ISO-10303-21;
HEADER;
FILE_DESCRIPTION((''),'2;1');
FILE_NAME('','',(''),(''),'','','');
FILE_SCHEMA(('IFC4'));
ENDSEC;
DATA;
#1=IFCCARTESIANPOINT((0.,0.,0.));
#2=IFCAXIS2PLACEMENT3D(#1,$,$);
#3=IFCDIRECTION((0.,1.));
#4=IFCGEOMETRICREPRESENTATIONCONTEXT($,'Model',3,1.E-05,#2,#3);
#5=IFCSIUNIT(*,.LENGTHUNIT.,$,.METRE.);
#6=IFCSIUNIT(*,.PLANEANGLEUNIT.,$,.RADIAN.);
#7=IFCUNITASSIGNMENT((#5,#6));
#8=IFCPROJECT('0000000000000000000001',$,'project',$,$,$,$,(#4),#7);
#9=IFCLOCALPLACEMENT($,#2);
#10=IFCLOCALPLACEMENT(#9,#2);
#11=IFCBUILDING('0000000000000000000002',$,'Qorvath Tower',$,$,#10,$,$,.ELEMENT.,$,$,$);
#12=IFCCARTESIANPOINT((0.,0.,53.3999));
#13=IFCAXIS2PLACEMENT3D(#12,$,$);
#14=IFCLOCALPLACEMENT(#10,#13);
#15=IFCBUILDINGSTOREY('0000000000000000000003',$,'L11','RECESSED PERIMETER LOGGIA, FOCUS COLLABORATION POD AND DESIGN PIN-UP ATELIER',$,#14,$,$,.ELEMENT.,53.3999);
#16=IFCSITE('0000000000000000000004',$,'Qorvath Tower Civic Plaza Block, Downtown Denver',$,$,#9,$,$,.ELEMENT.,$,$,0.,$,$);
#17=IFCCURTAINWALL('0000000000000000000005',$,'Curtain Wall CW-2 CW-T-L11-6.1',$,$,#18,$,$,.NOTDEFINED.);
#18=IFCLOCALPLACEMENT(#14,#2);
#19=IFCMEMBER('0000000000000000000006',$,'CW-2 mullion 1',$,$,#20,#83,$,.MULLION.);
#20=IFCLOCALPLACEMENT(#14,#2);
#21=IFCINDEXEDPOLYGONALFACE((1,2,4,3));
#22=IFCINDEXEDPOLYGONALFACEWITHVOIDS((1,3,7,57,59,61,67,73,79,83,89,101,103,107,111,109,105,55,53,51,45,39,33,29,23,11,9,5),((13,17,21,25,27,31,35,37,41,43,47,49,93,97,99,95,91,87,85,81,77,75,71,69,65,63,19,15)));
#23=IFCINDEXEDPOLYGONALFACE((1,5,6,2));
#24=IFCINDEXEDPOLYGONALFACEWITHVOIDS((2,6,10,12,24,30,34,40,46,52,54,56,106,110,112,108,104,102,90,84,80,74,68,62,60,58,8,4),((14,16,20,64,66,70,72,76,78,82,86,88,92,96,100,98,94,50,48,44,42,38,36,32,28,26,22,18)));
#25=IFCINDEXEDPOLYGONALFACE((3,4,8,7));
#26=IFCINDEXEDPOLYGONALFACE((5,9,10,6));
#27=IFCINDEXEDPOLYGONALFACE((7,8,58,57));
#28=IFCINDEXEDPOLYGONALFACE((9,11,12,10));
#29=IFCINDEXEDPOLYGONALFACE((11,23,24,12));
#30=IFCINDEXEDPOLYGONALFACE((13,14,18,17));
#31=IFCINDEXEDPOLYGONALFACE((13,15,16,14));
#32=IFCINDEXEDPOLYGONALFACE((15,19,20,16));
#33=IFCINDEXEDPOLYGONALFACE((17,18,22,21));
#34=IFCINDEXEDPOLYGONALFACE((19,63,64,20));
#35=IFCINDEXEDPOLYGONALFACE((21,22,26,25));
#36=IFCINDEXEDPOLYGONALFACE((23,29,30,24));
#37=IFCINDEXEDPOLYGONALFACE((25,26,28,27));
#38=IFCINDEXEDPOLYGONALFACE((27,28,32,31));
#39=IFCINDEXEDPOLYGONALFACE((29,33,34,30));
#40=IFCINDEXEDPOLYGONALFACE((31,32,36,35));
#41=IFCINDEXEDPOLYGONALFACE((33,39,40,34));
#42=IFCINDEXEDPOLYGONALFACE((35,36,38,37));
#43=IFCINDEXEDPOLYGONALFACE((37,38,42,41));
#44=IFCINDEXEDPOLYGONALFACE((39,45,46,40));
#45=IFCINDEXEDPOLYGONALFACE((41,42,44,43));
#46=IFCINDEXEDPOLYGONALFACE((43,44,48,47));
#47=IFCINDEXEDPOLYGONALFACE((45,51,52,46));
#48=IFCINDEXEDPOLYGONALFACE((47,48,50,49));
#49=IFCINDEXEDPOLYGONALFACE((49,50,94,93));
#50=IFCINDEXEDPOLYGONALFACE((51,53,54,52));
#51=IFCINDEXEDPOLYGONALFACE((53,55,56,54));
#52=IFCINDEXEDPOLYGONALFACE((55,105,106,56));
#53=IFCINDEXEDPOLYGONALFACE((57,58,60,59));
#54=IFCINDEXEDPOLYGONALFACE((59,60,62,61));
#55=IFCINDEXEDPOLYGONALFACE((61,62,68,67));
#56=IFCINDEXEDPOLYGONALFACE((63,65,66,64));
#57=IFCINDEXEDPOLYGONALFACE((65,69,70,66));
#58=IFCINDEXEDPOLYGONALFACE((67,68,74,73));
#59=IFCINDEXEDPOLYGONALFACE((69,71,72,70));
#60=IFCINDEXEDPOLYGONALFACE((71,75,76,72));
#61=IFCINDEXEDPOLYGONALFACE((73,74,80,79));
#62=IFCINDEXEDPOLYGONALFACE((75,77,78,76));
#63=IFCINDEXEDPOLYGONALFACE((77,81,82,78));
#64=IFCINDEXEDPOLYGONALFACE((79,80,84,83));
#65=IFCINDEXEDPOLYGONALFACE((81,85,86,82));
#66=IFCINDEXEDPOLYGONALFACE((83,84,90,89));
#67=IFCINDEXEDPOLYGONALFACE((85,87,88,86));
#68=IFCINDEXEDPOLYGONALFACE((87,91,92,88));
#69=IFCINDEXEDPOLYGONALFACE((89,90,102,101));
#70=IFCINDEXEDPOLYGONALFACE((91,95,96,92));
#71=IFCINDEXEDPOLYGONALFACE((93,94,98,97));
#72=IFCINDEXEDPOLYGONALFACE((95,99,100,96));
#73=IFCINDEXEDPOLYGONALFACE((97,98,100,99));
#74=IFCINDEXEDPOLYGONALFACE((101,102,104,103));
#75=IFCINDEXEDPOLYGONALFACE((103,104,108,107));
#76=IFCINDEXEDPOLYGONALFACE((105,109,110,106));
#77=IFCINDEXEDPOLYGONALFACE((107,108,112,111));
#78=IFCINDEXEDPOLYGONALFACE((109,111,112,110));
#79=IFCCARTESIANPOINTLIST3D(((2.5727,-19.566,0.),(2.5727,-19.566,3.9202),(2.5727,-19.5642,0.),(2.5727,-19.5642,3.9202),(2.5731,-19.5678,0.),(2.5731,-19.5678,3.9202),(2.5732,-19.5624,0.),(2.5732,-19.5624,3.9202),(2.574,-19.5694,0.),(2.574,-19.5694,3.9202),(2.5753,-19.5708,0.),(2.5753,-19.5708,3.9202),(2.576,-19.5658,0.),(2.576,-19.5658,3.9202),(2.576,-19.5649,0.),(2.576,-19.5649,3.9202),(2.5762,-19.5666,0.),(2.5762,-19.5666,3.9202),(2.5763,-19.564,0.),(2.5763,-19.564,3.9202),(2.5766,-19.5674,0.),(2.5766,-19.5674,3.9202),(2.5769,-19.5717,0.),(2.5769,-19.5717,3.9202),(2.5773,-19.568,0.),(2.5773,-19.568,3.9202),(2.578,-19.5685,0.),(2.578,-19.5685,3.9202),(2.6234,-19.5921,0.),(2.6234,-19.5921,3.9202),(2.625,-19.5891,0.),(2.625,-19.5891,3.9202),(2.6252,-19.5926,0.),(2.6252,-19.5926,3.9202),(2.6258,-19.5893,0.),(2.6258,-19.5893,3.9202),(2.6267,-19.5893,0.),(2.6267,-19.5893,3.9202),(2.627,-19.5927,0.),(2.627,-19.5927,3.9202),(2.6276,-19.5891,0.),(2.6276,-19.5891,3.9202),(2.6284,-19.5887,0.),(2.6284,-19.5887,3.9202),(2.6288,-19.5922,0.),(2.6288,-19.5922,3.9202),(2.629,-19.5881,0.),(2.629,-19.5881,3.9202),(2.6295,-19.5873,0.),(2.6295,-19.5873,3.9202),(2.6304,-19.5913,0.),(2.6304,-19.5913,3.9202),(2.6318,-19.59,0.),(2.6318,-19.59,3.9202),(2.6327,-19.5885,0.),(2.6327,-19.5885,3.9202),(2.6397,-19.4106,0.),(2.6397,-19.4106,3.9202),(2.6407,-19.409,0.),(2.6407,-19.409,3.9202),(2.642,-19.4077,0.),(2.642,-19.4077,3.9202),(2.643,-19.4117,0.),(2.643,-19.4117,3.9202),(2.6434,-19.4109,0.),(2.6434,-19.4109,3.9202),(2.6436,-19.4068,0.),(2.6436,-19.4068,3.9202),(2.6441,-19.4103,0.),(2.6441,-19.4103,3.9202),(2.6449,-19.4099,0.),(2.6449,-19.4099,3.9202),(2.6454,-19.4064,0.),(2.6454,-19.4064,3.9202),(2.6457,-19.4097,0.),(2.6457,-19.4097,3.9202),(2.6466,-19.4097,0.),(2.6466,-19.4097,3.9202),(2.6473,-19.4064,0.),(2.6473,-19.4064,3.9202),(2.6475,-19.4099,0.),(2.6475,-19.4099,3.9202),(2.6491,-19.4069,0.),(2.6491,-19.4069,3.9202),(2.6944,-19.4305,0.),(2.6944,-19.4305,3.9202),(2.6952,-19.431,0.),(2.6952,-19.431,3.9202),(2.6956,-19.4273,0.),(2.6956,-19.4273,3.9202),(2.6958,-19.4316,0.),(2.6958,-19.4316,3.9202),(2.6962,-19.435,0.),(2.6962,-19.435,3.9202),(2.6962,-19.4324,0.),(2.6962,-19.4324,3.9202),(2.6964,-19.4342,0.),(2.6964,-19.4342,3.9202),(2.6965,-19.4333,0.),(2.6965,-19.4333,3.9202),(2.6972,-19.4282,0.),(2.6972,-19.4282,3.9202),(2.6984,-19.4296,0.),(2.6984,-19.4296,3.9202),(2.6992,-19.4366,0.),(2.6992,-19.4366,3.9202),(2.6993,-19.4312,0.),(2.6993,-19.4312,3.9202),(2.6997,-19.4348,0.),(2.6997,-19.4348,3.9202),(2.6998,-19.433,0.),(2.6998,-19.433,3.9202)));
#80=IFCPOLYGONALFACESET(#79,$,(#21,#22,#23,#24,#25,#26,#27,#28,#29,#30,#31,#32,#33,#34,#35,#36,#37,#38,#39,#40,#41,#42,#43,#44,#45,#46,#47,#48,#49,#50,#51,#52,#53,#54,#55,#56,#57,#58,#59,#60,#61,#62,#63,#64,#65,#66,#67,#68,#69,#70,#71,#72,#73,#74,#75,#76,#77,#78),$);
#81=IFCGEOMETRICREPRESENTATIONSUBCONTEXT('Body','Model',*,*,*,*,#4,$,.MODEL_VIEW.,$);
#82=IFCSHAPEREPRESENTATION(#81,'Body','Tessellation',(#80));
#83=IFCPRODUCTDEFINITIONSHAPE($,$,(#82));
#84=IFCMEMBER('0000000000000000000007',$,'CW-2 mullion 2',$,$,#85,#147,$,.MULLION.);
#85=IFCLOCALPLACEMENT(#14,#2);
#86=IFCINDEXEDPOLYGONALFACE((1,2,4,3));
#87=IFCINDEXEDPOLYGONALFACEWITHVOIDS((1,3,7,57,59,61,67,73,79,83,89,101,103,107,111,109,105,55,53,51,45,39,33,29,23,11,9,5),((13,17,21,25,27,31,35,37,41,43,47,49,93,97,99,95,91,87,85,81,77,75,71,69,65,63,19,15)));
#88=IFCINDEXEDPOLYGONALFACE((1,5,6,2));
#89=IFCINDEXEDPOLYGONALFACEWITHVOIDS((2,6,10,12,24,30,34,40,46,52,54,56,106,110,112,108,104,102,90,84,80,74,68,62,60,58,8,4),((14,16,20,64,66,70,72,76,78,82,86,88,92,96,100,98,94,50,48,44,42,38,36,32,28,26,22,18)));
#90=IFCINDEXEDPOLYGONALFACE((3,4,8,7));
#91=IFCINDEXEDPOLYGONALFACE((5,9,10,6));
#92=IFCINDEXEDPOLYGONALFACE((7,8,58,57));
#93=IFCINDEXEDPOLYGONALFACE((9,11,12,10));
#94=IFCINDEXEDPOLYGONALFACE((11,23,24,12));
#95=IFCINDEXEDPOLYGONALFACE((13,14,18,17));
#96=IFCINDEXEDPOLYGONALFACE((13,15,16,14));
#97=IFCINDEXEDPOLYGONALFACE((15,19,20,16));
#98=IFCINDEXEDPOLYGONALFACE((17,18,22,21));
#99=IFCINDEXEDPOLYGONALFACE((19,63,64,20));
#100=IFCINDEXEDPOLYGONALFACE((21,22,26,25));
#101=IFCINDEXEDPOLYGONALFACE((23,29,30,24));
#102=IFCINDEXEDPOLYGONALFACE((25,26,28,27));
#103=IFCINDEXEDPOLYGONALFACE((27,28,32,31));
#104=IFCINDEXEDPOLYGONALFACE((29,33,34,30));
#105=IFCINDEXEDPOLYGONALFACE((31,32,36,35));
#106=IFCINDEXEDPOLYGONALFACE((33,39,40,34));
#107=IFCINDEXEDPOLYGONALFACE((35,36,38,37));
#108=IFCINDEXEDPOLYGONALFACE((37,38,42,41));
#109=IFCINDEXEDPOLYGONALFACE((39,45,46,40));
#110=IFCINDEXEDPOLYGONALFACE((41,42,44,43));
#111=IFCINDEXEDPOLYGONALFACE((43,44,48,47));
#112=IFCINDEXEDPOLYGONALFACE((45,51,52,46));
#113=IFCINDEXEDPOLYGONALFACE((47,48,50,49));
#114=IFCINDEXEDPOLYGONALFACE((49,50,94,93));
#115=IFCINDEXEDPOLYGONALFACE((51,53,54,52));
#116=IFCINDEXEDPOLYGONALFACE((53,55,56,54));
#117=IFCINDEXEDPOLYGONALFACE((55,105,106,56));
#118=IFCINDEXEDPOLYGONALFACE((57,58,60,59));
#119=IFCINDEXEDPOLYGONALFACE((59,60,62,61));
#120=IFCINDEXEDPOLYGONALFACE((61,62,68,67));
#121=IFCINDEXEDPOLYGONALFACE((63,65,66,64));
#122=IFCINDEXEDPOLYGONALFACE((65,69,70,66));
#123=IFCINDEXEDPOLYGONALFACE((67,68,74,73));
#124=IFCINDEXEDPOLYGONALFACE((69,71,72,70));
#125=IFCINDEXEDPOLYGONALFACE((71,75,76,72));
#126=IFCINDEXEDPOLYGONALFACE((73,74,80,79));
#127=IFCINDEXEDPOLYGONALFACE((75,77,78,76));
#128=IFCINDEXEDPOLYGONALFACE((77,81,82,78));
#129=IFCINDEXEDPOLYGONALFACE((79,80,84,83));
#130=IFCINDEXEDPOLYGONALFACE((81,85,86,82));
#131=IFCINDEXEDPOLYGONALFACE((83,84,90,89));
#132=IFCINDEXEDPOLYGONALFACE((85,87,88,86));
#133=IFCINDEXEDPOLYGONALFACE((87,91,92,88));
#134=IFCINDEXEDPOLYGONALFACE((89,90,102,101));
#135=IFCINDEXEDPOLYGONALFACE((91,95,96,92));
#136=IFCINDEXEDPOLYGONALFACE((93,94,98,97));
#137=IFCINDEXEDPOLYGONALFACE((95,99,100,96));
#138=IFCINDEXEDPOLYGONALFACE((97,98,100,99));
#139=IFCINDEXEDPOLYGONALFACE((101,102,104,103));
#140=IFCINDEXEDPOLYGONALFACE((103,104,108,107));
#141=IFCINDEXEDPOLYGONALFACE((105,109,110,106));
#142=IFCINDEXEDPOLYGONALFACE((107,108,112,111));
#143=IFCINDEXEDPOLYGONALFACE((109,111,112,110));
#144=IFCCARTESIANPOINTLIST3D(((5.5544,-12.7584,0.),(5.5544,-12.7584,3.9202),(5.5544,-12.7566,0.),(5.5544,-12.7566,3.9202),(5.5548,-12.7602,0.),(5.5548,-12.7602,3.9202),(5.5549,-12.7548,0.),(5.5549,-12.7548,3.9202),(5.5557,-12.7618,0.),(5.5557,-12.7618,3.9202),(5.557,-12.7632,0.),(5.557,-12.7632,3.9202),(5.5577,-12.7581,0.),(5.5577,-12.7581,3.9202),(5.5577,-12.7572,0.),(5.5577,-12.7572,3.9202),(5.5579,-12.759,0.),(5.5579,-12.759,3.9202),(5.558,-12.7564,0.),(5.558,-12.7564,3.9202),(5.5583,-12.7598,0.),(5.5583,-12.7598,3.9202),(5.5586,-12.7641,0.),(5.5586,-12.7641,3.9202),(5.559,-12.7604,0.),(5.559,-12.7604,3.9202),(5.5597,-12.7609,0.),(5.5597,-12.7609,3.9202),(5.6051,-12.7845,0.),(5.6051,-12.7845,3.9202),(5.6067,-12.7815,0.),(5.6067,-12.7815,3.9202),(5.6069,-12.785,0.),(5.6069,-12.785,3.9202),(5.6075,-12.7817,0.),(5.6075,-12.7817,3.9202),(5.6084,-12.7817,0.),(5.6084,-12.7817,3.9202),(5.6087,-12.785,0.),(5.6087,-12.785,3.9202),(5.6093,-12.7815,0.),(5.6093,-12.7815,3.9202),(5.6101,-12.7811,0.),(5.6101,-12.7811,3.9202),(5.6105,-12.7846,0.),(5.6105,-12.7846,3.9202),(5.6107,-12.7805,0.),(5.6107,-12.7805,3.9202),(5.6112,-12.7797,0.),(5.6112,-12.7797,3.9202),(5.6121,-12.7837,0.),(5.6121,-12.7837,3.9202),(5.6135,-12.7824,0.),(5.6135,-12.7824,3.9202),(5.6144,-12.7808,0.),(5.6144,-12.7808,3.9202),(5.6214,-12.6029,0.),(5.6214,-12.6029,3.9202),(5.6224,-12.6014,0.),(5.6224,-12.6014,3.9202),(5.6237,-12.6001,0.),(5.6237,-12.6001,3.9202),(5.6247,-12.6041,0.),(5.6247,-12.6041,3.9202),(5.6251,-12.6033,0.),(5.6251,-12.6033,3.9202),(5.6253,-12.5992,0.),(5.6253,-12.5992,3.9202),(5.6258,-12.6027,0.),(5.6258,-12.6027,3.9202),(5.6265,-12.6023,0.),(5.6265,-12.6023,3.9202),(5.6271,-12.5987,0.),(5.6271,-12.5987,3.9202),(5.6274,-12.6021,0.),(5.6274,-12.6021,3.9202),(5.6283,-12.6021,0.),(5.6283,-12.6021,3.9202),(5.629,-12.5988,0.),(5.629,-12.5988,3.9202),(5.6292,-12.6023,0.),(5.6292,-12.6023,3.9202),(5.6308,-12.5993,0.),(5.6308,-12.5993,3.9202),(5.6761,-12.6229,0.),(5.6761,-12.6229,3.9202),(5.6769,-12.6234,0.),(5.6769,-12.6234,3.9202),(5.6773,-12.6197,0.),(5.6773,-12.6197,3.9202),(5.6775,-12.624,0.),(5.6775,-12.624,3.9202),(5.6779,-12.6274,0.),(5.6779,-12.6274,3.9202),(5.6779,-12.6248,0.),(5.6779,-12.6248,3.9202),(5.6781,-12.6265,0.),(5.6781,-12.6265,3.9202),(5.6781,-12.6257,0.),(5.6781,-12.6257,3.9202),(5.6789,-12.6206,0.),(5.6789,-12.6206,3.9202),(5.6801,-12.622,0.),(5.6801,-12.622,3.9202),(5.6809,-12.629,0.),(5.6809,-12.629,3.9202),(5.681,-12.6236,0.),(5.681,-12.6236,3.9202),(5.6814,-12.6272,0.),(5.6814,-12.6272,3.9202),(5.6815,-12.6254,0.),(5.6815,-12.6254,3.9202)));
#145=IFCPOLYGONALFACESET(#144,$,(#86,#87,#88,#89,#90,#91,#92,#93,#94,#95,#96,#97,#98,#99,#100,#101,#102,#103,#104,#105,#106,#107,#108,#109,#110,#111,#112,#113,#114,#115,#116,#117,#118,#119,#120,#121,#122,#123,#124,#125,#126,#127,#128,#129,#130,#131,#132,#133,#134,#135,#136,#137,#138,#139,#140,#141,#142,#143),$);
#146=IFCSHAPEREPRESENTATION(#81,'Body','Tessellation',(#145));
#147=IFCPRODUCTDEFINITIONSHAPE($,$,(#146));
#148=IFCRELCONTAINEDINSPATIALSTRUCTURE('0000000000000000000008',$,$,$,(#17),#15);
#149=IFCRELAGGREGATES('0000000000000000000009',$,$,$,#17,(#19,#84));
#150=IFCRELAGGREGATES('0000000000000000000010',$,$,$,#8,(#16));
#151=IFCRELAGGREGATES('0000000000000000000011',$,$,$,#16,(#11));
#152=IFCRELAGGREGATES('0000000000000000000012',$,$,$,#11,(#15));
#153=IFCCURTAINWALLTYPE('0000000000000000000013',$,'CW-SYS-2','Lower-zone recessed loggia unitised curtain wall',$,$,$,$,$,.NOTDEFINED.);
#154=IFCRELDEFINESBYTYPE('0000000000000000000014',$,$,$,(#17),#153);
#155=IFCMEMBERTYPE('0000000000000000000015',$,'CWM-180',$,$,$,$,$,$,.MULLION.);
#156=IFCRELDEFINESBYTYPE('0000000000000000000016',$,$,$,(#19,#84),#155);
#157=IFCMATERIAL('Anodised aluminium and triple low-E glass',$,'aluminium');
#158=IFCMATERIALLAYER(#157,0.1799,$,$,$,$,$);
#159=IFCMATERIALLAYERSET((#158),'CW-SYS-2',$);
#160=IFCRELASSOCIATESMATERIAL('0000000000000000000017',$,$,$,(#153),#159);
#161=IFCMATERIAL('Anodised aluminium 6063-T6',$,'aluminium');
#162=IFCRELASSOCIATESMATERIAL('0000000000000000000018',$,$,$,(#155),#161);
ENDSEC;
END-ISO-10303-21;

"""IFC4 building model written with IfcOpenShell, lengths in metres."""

from ifc_helpers import new_model, si_unit, direction, frame, origin, origin_2d, place, context, subcontext, project, spatial, hollow_rectangle, extrude, material, layer, layer_set, material_profile, profile_set, type_object, element, aggregate, save


model = new_model("IFC4")

# Units and contexts
model_context = context("Model", 3, precision=1e-05, world=origin(), true_north=direction((0.0, 1.0)))
body_context = subcontext(model_context, "Body", "Model", "MODEL_VIEW")
ifc_project = project(units=[si_unit("LENGTHUNIT", "METRE"), si_unit("PLANEANGLEUNIT", "RADIAN")], contexts=[model_context])

# Site, building, storey
site_placement = place(None, origin())
site = spatial("IfcSite", under=ifc_project, at=site_placement, Name="Qorvath Tower Civic Plaza Block, Downtown Denver", CompositionType="ELEMENT", RefElevation=0.0)
building_placement = place(site_placement, origin())
building = spatial("IfcBuilding", under=site, at=building_placement, Name="Qorvath Tower", CompositionType="ELEMENT")
storey_placement = place(building_placement, frame((0.0, 0.0, 53.3999)))
storey = spatial("IfcBuildingStorey", under=building, at=storey_placement, Name="L11", Description="RECESSED PERIMETER LOGGIA, FOCUS COLLABORATION POD AND DESIGN PIN-UP ATELIER", CompositionType="ELEMENT", Elevation=53.3999)

# Curtain wall, members
ifc_material_1 = material(Name="Anodised aluminium and triple low-E glass", Category="aluminium")
ifc_layer_1 = layer(ifc_material_1, 0.1799)
ifc_layer_set_1 = layer_set([ifc_layer_1], Name="CW-SYS-2")
curtain_wall_type = type_object("IfcCurtainWallType", Name="CW-SYS-2", Description="Lower-zone recessed loggia unitised curtain wall", PredefinedType="NOTDEFINED", material=ifc_layer_set_1)
curtain_wall_1_placement = place(storey_placement, origin())
curtain_wall_1 = element("IfcCurtainWall", 1, at=curtain_wall_1_placement, inside=storey, type_object=curtain_wall_type, Name="Curtain Wall CW-2 CW-T-L11-6.1", PredefinedType="NOTDEFINED")
ifc_material_2 = material(Name="Anodised aluminium 6063-T6", Category="aluminium")
ifc_material_profile_1 = material_profile(ifc_material_2, hollow_rectangle(XDim=0.0649, YDim=0.1799, WallThickness=0.0034, InnerFilletRadius=0.0034, OuterFilletRadius=0.0071, at=origin_2d()), Name="CWM 180x65")
ifc_profile_set_1 = profile_set([ifc_material_profile_1], Name="Anodised aluminium 6063-T6")
member_type_1 = type_object("IfcMemberType", Name="CWM-180", PredefinedType="MULLION", material=ifc_profile_set_1)
member_1_placement = place(storey_placement, frame((2.6362, -19.4995, 0.0), z_axis=(0.0, 0.0, 1.0), x_axis=(-0.916001, 0.401177, 0.0)))
member_1 = element("IfcMember", 2, at=member_1_placement, type_object=member_type_1, Name="CW-2 mullion 1", PredefinedType="MULLION", context=body_context, shape_type="SweptSolid", body=[
    extrude(hollow_rectangle(XDim=0.0649, YDim=0.1799, WallThickness=0.0034, InnerFilletRadius=0.0034, OuterFilletRadius=0.0071, at=origin_2d()), origin(), (0.0, 0.0, 1.0), 3.9202),
])
member_2_placement = place(storey_placement, frame((5.6179, -12.6919, 0.0), z_axis=(0.0, 0.0, 1.0), x_axis=(-0.916001, 0.401177, 0.0)))
member_2 = element("IfcMember", 3, at=member_2_placement, type_object=member_type_1, Name="CW-2 mullion 2", PredefinedType="MULLION", context=body_context, shape_type="SweptSolid", body=[
    extrude(hollow_rectangle(XDim=0.0649, YDim=0.1799, WallThickness=0.0034, InnerFilletRadius=0.0034, OuterFilletRadius=0.0071, at=origin_2d()), origin(), (0.0, 0.0, 1.0), 3.9202),
])

aggregate(curtain_wall_1, [member_1, member_2])

save(model, "model.ifc")
